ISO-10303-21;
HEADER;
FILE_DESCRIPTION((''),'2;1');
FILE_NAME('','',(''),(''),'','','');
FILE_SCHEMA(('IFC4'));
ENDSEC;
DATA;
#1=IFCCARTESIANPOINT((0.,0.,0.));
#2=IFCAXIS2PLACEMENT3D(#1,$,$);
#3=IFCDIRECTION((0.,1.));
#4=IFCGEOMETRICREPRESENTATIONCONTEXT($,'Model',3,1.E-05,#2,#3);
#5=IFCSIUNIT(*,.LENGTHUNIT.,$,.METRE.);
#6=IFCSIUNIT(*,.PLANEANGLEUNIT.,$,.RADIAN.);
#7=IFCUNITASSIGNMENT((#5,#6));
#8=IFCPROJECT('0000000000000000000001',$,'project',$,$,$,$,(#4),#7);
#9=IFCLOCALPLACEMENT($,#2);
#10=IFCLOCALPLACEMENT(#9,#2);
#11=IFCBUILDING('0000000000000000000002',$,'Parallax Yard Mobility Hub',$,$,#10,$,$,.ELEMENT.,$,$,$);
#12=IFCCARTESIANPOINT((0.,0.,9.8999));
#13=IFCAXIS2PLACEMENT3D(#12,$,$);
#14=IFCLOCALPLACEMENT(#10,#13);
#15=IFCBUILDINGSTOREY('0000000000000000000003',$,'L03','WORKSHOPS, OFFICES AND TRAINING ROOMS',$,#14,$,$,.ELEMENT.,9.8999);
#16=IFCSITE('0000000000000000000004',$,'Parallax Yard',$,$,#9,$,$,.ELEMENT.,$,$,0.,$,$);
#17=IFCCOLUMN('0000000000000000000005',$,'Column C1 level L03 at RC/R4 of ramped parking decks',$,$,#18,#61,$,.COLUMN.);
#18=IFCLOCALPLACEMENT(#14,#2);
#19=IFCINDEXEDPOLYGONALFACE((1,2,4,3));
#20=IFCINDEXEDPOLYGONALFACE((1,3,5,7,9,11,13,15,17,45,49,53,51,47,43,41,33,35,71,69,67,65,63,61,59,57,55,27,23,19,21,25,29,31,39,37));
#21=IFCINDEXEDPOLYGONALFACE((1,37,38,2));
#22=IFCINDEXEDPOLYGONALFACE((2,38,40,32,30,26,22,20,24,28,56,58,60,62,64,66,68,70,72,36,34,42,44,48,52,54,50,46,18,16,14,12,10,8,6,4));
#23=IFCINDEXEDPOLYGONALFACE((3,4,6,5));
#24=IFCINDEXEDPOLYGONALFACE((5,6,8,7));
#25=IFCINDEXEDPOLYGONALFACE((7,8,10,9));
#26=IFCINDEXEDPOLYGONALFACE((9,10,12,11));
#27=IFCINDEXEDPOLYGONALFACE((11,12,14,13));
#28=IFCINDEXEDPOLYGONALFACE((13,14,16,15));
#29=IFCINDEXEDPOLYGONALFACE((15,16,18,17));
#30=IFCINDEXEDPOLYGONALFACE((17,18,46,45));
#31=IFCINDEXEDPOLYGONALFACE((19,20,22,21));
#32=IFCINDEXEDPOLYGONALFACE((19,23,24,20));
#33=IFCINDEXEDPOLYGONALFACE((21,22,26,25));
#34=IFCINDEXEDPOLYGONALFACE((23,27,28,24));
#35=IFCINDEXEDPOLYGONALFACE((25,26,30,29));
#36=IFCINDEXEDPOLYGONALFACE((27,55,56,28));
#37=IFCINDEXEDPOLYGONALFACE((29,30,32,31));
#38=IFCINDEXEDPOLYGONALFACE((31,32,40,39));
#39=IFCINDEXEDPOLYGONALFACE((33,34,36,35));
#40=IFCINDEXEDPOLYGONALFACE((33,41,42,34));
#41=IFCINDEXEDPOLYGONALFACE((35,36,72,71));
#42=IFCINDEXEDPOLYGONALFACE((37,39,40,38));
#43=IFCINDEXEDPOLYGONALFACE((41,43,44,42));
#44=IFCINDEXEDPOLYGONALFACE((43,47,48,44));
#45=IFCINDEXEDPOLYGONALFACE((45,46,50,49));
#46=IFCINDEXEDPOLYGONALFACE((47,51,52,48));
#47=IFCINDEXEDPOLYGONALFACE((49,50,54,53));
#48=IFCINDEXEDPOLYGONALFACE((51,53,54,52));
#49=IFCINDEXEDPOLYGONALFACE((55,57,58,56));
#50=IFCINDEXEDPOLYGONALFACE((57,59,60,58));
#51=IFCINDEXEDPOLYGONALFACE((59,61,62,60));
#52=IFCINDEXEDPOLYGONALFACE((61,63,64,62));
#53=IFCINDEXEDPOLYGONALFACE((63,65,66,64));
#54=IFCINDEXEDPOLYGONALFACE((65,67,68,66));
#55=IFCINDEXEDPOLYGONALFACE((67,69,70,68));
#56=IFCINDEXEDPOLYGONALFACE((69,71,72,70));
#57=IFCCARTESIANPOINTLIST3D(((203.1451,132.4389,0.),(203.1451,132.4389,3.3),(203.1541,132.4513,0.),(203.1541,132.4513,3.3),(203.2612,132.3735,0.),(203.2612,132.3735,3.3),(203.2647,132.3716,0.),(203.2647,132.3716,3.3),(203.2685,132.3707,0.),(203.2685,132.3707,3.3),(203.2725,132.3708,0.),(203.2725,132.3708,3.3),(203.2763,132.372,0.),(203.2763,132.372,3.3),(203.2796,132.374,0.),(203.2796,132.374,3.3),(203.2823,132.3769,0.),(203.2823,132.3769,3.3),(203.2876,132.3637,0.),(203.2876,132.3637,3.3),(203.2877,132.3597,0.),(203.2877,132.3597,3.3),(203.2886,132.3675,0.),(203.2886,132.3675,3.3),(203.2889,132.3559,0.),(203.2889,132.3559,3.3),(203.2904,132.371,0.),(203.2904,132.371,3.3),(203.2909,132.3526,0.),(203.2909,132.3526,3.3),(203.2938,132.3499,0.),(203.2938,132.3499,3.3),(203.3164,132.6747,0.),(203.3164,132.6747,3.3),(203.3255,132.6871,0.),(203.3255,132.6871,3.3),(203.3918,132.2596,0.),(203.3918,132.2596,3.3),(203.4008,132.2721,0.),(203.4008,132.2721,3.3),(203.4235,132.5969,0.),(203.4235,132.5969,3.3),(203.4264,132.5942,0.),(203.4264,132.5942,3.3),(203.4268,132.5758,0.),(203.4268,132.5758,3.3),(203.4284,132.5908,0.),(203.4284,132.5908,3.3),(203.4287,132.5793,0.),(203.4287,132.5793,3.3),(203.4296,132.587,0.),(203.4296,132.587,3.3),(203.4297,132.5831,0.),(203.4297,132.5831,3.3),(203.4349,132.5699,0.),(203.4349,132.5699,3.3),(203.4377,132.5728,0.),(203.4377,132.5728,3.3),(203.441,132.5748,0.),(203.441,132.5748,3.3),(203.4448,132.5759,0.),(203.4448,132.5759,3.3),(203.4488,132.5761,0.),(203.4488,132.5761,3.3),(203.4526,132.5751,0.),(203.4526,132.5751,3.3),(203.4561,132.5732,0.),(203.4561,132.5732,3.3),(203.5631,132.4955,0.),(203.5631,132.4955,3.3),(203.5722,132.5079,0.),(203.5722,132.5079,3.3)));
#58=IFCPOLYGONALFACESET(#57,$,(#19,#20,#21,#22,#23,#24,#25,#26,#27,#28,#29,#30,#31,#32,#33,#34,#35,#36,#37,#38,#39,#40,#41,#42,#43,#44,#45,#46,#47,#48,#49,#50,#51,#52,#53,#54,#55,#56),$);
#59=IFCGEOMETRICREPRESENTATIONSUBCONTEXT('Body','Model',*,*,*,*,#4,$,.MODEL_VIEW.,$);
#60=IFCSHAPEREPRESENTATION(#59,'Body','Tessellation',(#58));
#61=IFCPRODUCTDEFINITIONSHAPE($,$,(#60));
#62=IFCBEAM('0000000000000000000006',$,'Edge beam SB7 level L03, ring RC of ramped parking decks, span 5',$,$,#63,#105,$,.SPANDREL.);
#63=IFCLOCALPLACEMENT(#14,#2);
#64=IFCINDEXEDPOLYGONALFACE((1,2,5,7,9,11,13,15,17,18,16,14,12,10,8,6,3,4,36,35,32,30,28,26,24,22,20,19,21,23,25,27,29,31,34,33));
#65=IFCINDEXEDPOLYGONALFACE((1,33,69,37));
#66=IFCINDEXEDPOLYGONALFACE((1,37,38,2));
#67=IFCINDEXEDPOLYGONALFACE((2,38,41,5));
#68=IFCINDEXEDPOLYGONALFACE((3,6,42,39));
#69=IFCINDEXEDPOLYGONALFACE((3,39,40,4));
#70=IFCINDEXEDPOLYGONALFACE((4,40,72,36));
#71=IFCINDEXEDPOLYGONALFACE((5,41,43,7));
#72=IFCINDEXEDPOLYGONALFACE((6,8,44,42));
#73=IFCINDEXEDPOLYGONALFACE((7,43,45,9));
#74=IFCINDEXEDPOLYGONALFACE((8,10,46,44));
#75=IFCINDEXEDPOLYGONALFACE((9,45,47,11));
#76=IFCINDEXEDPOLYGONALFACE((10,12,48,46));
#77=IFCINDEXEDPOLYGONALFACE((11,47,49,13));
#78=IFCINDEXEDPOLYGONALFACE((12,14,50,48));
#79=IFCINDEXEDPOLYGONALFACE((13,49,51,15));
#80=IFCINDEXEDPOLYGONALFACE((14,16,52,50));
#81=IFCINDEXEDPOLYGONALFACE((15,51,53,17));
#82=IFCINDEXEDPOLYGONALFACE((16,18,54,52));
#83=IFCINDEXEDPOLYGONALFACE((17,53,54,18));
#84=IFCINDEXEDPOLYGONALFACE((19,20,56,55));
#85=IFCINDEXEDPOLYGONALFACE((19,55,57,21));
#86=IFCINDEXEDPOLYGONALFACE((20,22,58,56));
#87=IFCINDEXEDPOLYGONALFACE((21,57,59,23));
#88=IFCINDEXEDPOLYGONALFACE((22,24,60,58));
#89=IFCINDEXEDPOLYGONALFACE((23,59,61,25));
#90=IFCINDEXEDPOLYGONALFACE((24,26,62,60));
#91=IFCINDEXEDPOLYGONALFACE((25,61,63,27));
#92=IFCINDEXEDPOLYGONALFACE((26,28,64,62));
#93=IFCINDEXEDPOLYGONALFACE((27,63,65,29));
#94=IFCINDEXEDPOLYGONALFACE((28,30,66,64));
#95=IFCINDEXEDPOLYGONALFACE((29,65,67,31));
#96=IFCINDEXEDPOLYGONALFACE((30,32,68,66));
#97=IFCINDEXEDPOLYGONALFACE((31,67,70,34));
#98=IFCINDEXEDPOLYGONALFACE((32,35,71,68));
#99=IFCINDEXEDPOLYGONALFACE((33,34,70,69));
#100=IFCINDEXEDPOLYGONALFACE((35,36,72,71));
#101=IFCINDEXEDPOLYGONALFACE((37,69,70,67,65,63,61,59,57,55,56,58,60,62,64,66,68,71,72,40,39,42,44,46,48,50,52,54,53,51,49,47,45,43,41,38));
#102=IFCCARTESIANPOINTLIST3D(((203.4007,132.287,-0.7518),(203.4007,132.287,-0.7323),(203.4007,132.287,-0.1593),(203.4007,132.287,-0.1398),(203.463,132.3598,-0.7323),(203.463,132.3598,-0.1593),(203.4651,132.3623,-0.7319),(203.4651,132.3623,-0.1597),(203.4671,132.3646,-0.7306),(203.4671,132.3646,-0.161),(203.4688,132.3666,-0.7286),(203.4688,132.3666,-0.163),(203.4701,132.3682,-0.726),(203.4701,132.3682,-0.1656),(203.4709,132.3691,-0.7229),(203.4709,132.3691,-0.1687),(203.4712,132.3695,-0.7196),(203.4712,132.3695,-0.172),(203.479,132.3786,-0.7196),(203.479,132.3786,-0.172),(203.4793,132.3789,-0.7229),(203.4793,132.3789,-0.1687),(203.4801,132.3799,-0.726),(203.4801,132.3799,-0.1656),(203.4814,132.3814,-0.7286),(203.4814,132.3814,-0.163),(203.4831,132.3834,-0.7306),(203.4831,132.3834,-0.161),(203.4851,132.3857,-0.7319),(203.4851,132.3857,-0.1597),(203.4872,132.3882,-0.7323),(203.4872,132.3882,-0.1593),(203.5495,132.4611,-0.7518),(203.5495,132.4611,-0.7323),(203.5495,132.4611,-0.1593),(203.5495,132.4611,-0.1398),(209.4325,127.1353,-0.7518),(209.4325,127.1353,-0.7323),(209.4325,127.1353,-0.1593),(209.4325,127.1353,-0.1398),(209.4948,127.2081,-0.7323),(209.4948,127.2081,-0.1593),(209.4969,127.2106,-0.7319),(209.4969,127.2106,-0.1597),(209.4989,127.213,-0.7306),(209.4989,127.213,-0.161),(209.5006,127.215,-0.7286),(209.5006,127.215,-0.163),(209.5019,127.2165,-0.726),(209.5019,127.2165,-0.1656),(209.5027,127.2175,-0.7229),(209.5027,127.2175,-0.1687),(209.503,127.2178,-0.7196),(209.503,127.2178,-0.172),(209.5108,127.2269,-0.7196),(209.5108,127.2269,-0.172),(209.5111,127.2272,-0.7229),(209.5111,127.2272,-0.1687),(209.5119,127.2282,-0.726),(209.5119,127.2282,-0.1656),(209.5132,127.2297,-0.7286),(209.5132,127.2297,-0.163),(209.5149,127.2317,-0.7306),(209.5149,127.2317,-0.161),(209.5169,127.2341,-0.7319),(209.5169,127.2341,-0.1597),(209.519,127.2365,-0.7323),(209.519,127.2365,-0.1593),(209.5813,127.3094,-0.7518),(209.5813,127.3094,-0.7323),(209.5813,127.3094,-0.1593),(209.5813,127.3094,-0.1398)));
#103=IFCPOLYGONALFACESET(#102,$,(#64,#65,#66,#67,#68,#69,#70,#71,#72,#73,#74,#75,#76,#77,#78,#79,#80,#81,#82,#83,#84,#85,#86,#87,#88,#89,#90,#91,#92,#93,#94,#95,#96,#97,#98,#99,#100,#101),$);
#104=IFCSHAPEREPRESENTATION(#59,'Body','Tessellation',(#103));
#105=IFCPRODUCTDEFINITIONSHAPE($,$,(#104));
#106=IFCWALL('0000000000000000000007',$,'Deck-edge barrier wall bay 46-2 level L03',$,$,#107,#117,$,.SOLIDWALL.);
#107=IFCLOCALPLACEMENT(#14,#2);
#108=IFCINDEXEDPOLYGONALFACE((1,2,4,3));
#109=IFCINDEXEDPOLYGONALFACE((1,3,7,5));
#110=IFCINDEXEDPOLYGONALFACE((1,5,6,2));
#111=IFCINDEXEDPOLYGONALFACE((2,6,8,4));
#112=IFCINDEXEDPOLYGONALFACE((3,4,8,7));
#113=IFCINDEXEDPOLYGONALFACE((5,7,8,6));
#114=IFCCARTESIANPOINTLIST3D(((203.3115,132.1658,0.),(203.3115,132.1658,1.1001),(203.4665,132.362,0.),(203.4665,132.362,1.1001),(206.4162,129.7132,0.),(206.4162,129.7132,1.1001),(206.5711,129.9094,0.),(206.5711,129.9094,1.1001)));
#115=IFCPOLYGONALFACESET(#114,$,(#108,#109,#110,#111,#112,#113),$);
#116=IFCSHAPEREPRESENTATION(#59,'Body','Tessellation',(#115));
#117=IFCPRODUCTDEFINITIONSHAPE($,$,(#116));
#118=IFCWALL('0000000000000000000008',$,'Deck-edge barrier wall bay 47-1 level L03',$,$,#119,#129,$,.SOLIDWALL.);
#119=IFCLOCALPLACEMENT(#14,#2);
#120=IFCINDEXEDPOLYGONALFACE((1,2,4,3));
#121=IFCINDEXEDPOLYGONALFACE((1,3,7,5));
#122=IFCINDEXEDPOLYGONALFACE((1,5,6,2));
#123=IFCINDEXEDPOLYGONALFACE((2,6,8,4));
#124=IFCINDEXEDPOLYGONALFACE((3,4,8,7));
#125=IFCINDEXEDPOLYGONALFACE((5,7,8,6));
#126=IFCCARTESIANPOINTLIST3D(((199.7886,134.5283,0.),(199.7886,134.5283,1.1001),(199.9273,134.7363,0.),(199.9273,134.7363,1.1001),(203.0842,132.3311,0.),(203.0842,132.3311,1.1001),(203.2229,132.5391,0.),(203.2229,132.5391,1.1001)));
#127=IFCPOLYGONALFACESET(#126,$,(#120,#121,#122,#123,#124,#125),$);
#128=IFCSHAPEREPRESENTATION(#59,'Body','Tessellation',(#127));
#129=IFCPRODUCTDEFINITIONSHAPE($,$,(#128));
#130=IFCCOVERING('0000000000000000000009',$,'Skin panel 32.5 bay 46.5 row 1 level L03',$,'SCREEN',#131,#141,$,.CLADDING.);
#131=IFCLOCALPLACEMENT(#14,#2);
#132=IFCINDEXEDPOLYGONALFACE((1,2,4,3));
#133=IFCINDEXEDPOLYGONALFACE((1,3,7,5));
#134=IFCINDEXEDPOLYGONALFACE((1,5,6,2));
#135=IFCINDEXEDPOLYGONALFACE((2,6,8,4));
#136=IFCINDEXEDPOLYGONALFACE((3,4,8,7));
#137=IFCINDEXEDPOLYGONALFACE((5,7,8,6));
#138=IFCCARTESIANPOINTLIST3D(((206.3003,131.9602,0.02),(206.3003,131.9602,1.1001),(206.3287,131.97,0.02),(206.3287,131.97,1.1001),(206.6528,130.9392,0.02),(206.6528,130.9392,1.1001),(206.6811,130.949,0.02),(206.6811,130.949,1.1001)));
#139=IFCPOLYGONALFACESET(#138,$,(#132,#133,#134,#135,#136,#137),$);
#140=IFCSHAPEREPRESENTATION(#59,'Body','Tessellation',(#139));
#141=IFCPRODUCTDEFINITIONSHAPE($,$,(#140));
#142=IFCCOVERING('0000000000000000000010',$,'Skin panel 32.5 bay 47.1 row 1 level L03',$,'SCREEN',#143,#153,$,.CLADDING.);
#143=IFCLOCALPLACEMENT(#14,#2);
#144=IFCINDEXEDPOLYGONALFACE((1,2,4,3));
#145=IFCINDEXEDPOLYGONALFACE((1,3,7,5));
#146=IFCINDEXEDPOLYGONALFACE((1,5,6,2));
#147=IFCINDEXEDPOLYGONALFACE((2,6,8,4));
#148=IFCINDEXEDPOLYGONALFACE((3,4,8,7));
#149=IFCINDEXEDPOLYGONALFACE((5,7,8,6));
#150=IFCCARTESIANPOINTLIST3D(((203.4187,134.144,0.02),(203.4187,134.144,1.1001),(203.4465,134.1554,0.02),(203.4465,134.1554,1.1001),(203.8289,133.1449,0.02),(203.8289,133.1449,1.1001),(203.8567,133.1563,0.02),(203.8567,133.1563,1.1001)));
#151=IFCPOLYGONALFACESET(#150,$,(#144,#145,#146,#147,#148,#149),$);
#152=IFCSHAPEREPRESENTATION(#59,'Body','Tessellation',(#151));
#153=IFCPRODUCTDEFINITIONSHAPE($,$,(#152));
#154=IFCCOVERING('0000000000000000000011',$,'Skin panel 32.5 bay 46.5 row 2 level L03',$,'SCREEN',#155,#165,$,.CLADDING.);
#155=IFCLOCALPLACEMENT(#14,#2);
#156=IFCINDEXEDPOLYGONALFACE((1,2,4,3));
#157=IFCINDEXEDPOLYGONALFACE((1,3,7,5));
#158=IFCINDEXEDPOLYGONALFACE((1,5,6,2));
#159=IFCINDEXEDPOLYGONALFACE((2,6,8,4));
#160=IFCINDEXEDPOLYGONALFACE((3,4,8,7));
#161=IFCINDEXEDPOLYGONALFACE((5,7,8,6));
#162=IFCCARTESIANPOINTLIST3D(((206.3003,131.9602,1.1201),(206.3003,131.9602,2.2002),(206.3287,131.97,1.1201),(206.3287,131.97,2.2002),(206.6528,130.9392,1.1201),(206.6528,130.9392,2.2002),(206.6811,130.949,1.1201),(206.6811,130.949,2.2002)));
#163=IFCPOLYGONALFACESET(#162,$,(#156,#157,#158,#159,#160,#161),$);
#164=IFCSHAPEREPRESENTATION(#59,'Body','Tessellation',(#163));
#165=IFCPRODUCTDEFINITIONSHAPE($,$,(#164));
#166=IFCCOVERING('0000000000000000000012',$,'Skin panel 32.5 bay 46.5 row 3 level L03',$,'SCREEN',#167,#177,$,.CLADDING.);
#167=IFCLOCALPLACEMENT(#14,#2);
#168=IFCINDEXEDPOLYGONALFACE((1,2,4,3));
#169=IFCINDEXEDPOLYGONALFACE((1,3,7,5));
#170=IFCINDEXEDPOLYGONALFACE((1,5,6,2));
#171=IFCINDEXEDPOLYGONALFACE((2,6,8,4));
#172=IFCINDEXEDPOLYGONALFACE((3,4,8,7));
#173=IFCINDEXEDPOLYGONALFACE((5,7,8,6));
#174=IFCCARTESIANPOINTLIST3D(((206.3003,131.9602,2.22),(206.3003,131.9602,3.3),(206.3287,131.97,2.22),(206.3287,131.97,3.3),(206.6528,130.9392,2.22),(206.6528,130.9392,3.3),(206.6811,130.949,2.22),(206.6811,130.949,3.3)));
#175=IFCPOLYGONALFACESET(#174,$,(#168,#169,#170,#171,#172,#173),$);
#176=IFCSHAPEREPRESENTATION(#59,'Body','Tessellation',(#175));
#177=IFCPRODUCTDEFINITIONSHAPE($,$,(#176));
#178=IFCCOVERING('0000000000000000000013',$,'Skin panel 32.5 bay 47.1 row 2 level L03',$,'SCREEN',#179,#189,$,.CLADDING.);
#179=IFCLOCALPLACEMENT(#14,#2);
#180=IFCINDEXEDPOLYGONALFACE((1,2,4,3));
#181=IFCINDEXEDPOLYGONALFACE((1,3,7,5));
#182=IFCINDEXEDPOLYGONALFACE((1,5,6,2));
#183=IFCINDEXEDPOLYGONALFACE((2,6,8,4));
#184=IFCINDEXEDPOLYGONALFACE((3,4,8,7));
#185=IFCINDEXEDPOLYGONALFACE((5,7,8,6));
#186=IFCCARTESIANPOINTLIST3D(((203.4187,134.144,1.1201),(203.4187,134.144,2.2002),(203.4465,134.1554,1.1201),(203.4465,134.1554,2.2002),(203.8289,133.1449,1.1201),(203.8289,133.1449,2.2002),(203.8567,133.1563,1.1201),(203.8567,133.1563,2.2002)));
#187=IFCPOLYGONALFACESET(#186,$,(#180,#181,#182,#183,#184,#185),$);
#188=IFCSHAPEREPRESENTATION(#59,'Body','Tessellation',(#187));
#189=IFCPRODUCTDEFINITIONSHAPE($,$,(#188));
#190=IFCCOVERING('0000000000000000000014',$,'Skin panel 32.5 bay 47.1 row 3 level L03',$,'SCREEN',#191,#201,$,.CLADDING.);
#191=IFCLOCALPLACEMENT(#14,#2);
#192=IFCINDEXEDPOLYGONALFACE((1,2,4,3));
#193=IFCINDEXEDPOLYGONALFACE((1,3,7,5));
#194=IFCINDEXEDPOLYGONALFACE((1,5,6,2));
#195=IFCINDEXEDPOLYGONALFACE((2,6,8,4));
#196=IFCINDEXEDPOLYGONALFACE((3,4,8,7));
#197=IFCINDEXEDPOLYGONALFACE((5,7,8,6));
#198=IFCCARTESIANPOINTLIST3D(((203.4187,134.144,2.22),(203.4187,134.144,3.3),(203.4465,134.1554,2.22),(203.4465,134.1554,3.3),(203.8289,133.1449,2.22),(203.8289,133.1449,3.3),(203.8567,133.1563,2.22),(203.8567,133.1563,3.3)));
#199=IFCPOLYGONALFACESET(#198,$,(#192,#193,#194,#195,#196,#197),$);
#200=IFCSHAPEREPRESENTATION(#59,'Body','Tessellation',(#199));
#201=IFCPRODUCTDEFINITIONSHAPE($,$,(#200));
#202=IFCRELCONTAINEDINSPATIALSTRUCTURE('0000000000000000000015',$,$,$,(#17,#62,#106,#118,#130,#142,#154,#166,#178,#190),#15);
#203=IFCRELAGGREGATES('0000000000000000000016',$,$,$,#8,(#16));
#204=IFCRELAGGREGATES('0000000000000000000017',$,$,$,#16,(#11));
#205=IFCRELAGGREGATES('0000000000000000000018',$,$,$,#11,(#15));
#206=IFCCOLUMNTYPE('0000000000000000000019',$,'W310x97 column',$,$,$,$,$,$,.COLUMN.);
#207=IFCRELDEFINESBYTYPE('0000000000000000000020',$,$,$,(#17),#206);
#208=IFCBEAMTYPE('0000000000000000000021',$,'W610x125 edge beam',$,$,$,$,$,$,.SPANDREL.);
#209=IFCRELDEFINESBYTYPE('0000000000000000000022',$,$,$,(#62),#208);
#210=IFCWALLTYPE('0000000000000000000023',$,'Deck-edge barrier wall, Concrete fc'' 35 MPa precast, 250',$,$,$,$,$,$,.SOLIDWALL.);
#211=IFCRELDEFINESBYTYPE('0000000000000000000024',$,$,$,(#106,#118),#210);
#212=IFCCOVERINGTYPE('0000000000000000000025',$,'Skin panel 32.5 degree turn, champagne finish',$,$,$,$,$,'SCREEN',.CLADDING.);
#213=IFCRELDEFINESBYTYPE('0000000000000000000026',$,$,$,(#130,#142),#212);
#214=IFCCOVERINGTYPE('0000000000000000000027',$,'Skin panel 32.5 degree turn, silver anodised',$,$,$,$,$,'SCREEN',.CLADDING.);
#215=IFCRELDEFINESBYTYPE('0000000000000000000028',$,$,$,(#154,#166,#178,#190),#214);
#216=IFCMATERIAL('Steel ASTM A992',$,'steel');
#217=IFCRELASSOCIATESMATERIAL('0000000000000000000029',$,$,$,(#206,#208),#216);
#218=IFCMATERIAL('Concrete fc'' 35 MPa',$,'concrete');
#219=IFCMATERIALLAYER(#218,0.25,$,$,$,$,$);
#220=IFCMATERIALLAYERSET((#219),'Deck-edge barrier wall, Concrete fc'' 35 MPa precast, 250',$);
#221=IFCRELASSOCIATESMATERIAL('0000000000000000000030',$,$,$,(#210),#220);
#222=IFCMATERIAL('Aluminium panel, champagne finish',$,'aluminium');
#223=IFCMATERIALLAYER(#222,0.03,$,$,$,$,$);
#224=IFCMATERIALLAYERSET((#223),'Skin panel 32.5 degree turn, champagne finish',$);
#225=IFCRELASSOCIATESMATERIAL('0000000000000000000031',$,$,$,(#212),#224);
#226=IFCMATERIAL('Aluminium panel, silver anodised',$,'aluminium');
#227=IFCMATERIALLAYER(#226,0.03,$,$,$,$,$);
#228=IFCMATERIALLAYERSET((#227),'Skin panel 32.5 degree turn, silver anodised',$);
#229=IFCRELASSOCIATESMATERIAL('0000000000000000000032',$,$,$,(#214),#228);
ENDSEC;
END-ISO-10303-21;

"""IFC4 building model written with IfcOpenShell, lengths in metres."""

from ifc_helpers import new_model, si_unit, direction, frame, frame_2d, origin, origin_2d, place, context, subcontext, project, spatial, rectangle, i_section, extrude, material, layer, layer_set, material_profile, profile_set, type_object, element, save


model = new_model("IFC4")

# Units and contexts
model_context = context("Model", 3, precision=1e-05, world=origin(), true_north=direction((0.0, 1.0)))
body_context = subcontext(model_context, "Body", "Model", "MODEL_VIEW")
ifc_project = project(units=[si_unit("LENGTHUNIT", "METRE"), si_unit("PLANEANGLEUNIT", "RADIAN")], contexts=[model_context])

# Site, building, storey
site_placement = place(None, origin())
site = spatial("IfcSite", under=ifc_project, at=site_placement, Name="Parallax Yard", CompositionType="ELEMENT", RefElevation=0.0)
building_placement = place(site_placement, origin())
building = spatial("IfcBuilding", under=site, at=building_placement, Name="Parallax Yard Mobility Hub", CompositionType="ELEMENT")
storey_placement = place(building_placement, frame((0.0, 0.0, 9.8999)))
storey = spatial("IfcBuildingStorey", under=building, at=storey_placement, Name="L03", Description="WORKSHOPS, OFFICES AND TRAINING ROOMS", CompositionType="ELEMENT", Elevation=9.8999)

# Column
ifc_material_1 = material(Name="Steel ASTM A992", Category="steel")
ifc_material_profile_1 = material_profile(ifc_material_1, i_section(OverallWidth=0.3049, OverallDepth=0.3069, WebThickness=0.01, FlangeThickness=0.0154, FilletRadius=0.0151, at=origin_2d()), Name="W310x97")
ifc_profile_set_1 = profile_set([ifc_material_profile_1], Name="Steel ASTM A992")
column_type = type_object("IfcColumnType", Name="W310x97 column", PredefinedType="COLUMN", material=ifc_profile_set_1)
column_placement = place(storey_placement, frame((203.3586, 132.4734, 0.0), z_axis=(0.0, 0.0, 1.0), x_axis=(-0.809017, 0.587785, 0.0)))
element("IfcColumn", 1, at=column_placement, inside=storey, type_object=column_type, Name="Column C1 level L03 at RC/R4 of ramped parking decks", PredefinedType="COLUMN", context=body_context, shape_type="SweptSolid", body=[
    extrude(i_section(OverallWidth=0.3049, OverallDepth=0.3069, WebThickness=0.01, FlangeThickness=0.0154, FilletRadius=0.0151, at=origin_2d()), origin(), (0.0, 0.0, 1.0), 3.3),
])

# Beam
ifc_material_profile_2 = material_profile(ifc_material_1, i_section(OverallWidth=0.229, OverallDepth=0.6121, WebThickness=0.012, FlangeThickness=0.0195, FilletRadius=0.0127, at=origin_2d()), Name="W610x125")
ifc_profile_set_2 = profile_set([ifc_material_profile_2], Name="Steel ASTM A992")
beam_type = type_object("IfcBeamType", Name="W610x125 edge beam", PredefinedType="SPANDREL", material=ifc_profile_set_2)
beam_placement = place(storey_placement, frame((203.4751, 132.374, -0.4458), z_axis=(0.760405, -0.64945, 0.0), x_axis=(0.64945, 0.760405, 0.0)))
element("IfcBeam", 2, at=beam_placement, inside=storey, type_object=beam_type, Name="Edge beam SB7 level L03, ring RC of ramped parking decks, span 5", PredefinedType="SPANDREL", context=body_context, shape_type="SweptSolid", body=[
    extrude(i_section(OverallWidth=0.229, OverallDepth=0.6121, WebThickness=0.012, FlangeThickness=0.0195, FilletRadius=0.0127, at=origin_2d()), origin(), (0.0, 0.0, 1.0), 7.9324),
])

# Walls
ifc_material_2 = material(Name="Concrete fc' 35 MPa", Category="concrete")
ifc_layer_1 = layer(ifc_material_2, 0.25)
ifc_layer_set_1 = layer_set([ifc_layer_1], Name="Deck-edge barrier wall, Concrete fc' 35 MPa precast, 250")
wall_type = type_object("IfcWallType", Name="Deck-edge barrier wall, Concrete fc' 35 MPa precast, 250", PredefinedType="SOLIDWALL", material=ifc_layer_set_1)
wall_1_placement = place(storey_placement, frame((206.4937, 129.8113, 0.0), z_axis=(0.0, 0.0, 1.0), x_axis=(-0.784695, 0.619882, 0.0)))
element("IfcWall", 3, at=wall_1_placement, inside=storey, type_object=wall_type, Name="Deck-edge barrier wall bay 46-2 level L03", PredefinedType="SOLIDWALL", context=body_context, shape_type="SweptSolid", body=[
    extrude(rectangle(XDim=3.9565, YDim=0.25, at=frame_2d((1.9783, 0.0))), origin(), (0.0, 0.0, 1.0), 1.1001),
])
wall_2_placement = place(storey_placement, frame((203.1536, 132.4351, 0.0), z_axis=(0.0, 0.0, 1.0), x_axis=(-0.832031, 0.554729, 0.0)))
element("IfcWall", 4, at=wall_2_placement, inside=storey, type_object=wall_type, Name="Deck-edge barrier wall bay 47-1 level L03", PredefinedType="SOLIDWALL", context=body_context, shape_type="SweptSolid", body=[
    extrude(rectangle(XDim=3.9609, YDim=0.25, at=frame_2d((1.9805, 0.0))), origin(), (0.0, 0.0, 1.0), 1.1001),
])

# Coverings
ifc_material_3 = material(Name="Aluminium panel, champagne finish", Category="aluminium")
ifc_layer_2 = layer(ifc_material_3, 0.03)
ifc_layer_set_2 = layer_set([ifc_layer_2], Name="Skin panel 32.5 degree turn, champagne finish")
covering_type_1 = type_object("IfcCoveringType", Name="Skin panel 32.5 degree turn, champagne finish", ElementType="SCREEN", PredefinedType="CLADDING", material=ifc_layer_set_2)
for number, where, z_axis, x_axis, name in (
    (5, (206.4907, 131.4546, 0.02), (0.0, 0.0, 1.0), (-0.326319, 0.94526, 0.0), "Skin panel 32.5 bay 46.5 row 1 level L03"),
    (6, (203.6377, 133.6501, 0.02), (0.0, 0.0, 1.0), (-0.37975, 0.925089, 0.0), "Skin panel 32.5 bay 47.1 row 1 level L03"),
):
    element("IfcCovering", number, at=place(storey_placement, frame(where, z_axis=z_axis, x_axis=x_axis)), inside=storey, type_object=covering_type_1, Name=name, ObjectType="SCREEN", PredefinedType="CLADDING", context=body_context, shape_type="SweptSolid", body=[
        extrude(rectangle(XDim=1.0801, YDim=0.03, at=origin_2d()), origin(), (0.0, 0.0, 1.0), 1.0801),
    ])
ifc_material_4 = material(Name="Aluminium panel, silver anodised", Category="aluminium")
ifc_layer_3 = layer(ifc_material_4, 0.03)
ifc_layer_set_3 = layer_set([ifc_layer_3], Name="Skin panel 32.5 degree turn, silver anodised")
covering_type_2 = type_object("IfcCoveringType", Name="Skin panel 32.5 degree turn, silver anodised", ElementType="SCREEN", PredefinedType="CLADDING", material=ifc_layer_set_3)
for number, where, z_axis, x_axis, name in (
    (7, (206.4907, 131.4546, 1.1201), (0.0, 0.0, 1.0), (-0.326319, 0.94526, 0.0), "Skin panel 32.5 bay 46.5 row 2 level L03"),
    (8, (206.4907, 131.4546, 2.22), (0.0, 0.0, 1.0), (-0.326319, 0.94526, 0.0), "Skin panel 32.5 bay 46.5 row 3 level L03"),
    (9, (203.6377, 133.6501, 1.1201), (0.0, 0.0, 1.0), (-0.37975, 0.925089, 0.0), "Skin panel 32.5 bay 47.1 row 2 level L03"),
    (10, (203.6377, 133.6501, 2.22), (0.0, 0.0, 1.0), (-0.37975, 0.925089, 0.0), "Skin panel 32.5 bay 47.1 row 3 level L03"),
):
    element("IfcCovering", number, at=place(storey_placement, frame(where, z_axis=z_axis, x_axis=x_axis)), inside=storey, type_object=covering_type_2, Name=name, ObjectType="SCREEN", PredefinedType="CLADDING", context=body_context, shape_type="SweptSolid", body=[
        extrude(rectangle(XDim=1.0801, YDim=0.03, at=origin_2d()), origin(), (0.0, 0.0, 1.0), 1.0801),
    ])

save(model, "model.ifc")
